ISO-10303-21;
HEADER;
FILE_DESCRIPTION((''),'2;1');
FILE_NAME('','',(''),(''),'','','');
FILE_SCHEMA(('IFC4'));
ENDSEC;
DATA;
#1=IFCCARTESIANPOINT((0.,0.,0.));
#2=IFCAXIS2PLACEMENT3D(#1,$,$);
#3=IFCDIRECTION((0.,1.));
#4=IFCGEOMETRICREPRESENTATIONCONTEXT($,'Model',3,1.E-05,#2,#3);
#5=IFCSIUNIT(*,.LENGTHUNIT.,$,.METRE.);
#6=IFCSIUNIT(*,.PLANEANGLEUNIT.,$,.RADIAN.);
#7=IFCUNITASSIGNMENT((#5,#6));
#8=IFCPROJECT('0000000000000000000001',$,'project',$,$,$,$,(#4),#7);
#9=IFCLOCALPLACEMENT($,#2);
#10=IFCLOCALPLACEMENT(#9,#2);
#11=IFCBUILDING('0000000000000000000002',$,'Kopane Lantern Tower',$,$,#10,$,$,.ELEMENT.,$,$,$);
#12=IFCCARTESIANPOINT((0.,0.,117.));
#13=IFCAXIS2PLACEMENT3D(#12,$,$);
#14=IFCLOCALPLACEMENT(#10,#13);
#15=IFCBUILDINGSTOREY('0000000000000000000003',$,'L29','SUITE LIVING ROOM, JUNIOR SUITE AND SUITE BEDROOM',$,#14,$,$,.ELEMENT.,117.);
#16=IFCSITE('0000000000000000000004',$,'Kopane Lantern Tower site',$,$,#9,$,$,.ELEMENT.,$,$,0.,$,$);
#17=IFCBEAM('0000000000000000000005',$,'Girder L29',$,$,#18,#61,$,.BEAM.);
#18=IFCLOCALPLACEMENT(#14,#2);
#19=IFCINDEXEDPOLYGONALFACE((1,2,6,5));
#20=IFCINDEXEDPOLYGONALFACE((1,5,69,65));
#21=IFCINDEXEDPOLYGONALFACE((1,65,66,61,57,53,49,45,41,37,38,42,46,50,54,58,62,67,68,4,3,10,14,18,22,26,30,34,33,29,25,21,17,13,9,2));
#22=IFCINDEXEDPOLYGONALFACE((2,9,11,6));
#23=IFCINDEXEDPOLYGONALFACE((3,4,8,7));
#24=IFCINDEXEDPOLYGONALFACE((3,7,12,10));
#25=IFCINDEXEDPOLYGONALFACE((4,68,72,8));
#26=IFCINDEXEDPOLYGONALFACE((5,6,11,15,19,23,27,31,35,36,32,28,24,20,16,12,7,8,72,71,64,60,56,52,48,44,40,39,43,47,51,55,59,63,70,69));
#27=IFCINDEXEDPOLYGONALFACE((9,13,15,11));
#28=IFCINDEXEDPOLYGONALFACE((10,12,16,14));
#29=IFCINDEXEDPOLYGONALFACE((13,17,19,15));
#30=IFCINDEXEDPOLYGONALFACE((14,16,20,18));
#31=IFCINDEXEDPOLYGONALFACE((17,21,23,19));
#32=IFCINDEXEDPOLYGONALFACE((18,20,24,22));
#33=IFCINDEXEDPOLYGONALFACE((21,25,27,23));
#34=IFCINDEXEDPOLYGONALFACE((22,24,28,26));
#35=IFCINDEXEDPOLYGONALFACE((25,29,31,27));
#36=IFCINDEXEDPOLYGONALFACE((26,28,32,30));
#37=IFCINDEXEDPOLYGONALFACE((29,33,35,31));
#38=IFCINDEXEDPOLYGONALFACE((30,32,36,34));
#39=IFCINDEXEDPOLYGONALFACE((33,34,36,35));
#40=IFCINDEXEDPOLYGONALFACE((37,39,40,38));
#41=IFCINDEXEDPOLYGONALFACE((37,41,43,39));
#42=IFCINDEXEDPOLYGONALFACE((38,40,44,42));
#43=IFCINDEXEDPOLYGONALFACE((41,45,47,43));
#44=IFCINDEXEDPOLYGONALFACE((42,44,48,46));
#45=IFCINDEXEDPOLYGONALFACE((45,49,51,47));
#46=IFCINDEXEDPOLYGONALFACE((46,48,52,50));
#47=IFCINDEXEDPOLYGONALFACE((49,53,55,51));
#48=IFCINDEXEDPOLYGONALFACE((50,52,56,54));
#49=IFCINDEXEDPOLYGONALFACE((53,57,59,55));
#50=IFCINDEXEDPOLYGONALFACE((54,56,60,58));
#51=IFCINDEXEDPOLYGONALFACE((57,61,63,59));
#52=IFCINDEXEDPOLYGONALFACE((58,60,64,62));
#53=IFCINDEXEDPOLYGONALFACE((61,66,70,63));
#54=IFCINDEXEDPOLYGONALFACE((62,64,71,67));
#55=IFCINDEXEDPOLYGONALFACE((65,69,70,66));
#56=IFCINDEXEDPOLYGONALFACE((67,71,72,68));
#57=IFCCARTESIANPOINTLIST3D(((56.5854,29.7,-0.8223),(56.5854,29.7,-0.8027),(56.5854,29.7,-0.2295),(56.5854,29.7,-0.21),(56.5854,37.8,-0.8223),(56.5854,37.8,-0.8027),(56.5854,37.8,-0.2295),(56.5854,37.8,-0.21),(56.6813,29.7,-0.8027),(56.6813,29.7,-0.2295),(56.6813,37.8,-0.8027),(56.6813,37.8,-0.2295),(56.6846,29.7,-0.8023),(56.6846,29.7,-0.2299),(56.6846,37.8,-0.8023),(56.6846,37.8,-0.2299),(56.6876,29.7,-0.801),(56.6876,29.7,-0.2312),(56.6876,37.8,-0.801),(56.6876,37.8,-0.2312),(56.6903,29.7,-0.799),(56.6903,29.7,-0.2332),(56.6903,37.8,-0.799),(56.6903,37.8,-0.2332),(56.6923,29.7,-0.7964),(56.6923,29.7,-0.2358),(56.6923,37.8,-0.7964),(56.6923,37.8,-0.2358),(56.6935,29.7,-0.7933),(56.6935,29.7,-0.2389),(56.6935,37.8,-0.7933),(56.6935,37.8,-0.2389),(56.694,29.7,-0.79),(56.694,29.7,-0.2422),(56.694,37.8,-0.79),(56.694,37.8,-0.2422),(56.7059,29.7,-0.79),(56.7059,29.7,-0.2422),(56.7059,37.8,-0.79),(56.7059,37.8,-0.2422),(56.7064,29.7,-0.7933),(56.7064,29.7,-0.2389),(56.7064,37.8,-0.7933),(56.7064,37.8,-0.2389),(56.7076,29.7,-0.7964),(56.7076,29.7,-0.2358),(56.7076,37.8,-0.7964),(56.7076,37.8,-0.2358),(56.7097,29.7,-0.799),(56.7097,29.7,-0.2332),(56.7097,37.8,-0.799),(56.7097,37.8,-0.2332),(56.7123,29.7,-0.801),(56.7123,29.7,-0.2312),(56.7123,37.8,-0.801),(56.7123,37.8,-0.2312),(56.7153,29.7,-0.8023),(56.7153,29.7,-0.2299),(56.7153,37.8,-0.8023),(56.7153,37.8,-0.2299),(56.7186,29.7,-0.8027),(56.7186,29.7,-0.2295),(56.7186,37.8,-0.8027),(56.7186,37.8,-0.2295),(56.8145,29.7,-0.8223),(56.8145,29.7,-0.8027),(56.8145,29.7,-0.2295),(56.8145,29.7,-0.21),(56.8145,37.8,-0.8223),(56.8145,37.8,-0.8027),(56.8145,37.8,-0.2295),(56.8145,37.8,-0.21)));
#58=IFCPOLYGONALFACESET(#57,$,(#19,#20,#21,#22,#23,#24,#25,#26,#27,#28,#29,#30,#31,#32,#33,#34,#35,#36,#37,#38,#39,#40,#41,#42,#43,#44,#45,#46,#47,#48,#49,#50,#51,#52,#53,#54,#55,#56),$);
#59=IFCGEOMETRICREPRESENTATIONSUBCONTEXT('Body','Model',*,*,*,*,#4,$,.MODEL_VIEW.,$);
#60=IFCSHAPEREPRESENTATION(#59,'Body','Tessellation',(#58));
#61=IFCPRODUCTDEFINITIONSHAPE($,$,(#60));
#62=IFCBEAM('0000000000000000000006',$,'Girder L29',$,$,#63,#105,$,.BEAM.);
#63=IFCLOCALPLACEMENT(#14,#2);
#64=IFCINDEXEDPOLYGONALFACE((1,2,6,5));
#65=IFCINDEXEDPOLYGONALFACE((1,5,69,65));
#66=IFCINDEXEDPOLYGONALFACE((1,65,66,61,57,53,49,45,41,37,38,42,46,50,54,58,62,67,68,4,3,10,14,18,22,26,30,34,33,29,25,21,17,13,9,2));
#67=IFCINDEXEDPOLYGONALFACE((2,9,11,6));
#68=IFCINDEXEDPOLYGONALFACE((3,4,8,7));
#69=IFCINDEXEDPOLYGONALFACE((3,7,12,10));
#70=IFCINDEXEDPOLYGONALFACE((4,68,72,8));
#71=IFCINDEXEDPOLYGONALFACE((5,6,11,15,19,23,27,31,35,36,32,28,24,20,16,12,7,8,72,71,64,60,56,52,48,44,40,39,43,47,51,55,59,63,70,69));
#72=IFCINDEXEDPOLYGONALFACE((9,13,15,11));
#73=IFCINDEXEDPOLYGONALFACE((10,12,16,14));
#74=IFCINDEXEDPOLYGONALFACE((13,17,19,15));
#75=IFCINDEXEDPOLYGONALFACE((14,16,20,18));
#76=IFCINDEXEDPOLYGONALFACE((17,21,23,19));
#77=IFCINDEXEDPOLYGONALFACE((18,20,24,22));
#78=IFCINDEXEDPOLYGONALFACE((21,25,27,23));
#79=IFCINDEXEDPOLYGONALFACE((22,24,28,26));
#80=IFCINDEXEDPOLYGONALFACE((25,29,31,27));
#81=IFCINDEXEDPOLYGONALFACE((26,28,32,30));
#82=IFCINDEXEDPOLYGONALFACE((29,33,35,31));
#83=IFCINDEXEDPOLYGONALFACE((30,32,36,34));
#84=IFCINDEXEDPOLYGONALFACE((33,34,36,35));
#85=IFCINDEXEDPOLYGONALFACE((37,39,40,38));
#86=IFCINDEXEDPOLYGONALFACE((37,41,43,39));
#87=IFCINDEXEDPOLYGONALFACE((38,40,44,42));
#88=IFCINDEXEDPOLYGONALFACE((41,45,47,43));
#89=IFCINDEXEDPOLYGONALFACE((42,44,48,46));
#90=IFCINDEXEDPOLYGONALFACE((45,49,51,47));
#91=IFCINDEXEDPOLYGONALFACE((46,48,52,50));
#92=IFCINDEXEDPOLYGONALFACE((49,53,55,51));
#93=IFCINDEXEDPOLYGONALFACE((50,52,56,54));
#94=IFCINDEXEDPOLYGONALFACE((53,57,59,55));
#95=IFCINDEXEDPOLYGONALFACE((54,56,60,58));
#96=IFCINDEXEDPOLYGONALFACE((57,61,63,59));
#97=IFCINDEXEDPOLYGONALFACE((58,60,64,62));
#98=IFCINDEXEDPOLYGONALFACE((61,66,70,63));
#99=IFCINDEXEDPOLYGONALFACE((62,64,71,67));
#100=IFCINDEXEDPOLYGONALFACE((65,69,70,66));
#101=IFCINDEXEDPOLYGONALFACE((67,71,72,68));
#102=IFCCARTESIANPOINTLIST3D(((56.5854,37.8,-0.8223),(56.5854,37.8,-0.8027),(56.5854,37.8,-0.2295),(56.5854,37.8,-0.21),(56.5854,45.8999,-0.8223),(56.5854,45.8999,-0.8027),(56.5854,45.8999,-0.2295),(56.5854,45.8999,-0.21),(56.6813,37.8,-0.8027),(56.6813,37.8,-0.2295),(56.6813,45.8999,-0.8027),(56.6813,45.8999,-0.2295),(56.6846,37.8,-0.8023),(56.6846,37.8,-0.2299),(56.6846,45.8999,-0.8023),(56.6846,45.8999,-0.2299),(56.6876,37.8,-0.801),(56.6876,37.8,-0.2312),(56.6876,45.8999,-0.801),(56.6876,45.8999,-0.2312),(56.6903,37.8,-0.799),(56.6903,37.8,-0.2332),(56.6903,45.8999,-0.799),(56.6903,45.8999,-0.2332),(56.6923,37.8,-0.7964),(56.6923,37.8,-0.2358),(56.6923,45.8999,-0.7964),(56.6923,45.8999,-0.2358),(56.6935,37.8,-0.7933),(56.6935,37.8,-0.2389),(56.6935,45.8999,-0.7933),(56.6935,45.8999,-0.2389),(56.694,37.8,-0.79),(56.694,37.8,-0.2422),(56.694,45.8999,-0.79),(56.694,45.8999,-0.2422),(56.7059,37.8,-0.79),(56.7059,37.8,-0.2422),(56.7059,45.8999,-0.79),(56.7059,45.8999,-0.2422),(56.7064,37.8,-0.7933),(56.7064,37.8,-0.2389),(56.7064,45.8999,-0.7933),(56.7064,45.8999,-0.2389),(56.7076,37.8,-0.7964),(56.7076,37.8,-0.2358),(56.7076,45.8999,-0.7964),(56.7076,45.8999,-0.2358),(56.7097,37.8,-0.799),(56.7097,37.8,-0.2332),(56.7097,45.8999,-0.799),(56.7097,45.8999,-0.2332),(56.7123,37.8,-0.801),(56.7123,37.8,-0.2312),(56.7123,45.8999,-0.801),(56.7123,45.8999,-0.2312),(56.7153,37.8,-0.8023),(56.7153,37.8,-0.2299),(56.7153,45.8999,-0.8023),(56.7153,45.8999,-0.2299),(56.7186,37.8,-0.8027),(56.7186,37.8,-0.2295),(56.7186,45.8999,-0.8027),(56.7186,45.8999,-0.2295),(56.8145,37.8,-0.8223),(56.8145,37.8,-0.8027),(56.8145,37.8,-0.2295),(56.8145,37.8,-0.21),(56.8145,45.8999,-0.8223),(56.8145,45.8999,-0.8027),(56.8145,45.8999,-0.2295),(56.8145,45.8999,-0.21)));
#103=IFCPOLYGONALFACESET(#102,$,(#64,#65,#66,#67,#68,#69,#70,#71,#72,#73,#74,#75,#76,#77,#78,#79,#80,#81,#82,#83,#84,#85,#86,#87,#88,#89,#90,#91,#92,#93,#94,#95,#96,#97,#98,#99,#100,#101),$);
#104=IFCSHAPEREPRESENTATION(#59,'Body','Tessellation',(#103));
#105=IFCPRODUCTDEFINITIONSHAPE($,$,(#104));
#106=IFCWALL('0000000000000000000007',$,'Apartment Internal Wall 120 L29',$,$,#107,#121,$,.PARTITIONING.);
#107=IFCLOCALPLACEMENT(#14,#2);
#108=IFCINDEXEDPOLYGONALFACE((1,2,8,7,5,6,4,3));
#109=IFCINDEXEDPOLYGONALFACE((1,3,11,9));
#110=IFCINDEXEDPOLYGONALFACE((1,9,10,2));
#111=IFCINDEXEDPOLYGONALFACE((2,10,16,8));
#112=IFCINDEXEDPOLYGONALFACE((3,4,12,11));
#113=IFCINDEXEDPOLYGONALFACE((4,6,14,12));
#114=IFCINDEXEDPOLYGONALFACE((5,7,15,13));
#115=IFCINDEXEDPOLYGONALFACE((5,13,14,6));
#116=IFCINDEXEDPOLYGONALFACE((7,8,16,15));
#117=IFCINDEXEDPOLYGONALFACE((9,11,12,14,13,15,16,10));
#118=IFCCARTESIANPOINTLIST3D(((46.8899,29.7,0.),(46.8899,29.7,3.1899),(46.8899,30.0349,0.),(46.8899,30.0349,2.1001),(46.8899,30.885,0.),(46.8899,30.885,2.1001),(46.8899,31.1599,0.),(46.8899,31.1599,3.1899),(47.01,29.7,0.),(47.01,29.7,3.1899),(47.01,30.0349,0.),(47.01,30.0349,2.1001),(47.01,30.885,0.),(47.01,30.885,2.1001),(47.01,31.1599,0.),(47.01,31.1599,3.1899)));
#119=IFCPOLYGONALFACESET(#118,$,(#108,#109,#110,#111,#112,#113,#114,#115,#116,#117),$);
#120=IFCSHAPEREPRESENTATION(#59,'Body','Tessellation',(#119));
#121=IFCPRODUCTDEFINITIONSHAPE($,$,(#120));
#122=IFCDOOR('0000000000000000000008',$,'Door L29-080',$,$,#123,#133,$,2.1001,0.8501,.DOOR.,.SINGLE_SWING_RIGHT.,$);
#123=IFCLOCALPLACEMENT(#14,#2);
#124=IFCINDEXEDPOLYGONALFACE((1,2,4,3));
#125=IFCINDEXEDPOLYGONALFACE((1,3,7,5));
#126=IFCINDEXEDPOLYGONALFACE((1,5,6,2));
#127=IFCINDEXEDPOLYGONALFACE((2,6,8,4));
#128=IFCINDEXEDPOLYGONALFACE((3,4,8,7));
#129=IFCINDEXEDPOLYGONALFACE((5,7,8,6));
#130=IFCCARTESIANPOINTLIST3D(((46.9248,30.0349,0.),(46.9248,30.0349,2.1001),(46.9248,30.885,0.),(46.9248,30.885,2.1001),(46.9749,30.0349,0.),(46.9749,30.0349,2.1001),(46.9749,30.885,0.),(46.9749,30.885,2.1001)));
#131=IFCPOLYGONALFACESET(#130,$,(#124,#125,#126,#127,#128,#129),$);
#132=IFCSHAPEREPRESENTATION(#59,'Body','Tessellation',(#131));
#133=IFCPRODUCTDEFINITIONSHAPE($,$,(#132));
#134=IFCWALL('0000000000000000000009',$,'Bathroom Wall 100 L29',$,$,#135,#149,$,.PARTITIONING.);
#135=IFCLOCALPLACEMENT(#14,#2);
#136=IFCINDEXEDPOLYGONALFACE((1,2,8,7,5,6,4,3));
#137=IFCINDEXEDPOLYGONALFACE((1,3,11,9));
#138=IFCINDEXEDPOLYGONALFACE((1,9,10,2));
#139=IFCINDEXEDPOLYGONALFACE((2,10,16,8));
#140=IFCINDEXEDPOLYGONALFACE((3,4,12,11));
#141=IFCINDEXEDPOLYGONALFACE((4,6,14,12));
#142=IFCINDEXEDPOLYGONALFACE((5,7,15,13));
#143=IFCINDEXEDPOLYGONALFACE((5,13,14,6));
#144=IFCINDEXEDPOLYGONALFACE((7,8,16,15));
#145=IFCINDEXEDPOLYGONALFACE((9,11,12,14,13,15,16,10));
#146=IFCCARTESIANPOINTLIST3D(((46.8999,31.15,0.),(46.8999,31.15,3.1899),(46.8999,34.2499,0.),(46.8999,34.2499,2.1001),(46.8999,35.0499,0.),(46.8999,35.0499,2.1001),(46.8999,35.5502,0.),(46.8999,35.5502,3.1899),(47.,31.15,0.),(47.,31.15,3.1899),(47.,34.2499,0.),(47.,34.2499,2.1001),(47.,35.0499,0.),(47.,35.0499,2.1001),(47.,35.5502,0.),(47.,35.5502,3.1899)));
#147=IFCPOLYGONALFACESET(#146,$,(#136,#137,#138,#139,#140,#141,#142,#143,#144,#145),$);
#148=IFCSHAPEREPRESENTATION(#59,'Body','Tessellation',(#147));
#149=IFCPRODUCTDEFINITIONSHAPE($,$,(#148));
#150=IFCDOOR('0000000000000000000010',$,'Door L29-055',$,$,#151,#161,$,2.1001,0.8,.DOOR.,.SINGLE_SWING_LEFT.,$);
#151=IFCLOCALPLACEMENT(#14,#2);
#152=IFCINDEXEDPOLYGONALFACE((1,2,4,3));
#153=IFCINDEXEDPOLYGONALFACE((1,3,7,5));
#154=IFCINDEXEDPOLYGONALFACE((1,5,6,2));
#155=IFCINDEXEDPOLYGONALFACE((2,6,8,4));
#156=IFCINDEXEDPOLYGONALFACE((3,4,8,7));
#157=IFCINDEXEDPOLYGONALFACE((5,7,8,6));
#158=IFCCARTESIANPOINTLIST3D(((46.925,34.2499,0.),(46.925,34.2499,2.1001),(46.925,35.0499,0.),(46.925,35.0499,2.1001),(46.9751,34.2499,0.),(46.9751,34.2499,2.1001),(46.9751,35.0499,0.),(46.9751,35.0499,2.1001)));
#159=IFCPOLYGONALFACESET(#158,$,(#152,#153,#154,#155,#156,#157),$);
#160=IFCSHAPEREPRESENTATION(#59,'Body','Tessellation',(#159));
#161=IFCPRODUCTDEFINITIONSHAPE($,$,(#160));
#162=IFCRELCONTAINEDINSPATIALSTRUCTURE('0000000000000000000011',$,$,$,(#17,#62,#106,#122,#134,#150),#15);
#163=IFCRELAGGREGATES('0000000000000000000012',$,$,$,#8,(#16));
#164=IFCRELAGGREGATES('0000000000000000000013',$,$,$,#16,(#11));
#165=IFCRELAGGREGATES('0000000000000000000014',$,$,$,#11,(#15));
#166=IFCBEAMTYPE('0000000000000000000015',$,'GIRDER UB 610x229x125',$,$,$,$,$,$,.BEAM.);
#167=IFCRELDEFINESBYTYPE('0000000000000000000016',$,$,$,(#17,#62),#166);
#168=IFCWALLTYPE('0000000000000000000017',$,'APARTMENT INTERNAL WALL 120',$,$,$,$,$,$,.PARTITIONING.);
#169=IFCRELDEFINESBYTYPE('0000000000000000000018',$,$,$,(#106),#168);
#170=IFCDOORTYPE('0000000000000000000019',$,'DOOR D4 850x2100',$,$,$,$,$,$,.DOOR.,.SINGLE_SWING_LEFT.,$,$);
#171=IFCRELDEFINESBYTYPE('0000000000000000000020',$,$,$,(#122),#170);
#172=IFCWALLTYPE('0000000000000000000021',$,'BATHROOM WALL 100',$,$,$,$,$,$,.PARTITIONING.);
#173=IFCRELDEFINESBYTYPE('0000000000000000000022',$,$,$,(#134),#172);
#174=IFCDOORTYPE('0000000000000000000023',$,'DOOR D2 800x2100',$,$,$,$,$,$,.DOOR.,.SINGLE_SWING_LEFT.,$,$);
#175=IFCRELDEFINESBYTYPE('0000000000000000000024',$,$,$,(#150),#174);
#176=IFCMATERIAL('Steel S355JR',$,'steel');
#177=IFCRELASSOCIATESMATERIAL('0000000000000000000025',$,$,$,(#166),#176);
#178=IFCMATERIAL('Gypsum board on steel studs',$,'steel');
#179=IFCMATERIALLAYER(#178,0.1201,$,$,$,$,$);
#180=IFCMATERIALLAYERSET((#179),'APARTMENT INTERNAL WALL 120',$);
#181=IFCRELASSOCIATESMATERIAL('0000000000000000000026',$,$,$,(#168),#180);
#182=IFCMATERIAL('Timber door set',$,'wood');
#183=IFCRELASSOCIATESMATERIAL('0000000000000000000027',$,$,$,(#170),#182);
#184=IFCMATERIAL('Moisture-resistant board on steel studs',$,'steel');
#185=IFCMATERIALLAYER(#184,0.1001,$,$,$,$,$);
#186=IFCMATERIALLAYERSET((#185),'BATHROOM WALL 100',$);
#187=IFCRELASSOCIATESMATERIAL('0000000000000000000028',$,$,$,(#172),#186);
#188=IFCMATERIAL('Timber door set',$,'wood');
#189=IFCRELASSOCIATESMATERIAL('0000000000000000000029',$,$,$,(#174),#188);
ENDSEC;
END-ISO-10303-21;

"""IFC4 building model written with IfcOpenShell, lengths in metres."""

from ifc_helpers import new_model, si_unit, direction, frame, frame_2d, origin, origin_2d, place, context, subcontext, project, spatial, rectangle, i_section, extrude, material, layer, layer_set, material_profile, profile_set, type_object, element, fill, save


model = new_model("IFC4")

# Units and contexts
model_context = context("Model", 3, precision=1e-05, world=origin(), true_north=direction((0.0, 1.0)))
body_context = subcontext(model_context, "Body", "Model", "MODEL_VIEW")
ifc_project = project(units=[si_unit("LENGTHUNIT", "METRE"), si_unit("PLANEANGLEUNIT", "RADIAN")], contexts=[model_context])

# Site, building, storey
site_placement = place(None, origin())
site = spatial("IfcSite", under=ifc_project, at=site_placement, Name="Kopane Lantern Tower site", CompositionType="ELEMENT", RefElevation=0.0)
building_placement = place(site_placement, origin())
building = spatial("IfcBuilding", under=site, at=building_placement, Name="Kopane Lantern Tower", CompositionType="ELEMENT")
storey_placement = place(building_placement, frame((0.0, 0.0, 117.0)))
storey = spatial("IfcBuildingStorey", under=building, at=storey_placement, Name="L29", Description="SUITE LIVING ROOM, JUNIOR SUITE AND SUITE BEDROOM", CompositionType="ELEMENT", Elevation=117.0)

# Beams
ifc_material_1 = material(Name="Steel S355JR", Category="steel")
ifc_material_profile_1 = material_profile(ifc_material_1, i_section(OverallWidth=0.229, OverallDepth=0.6123, WebThickness=0.012, FlangeThickness=0.0195, FilletRadius=0.0127, at=origin_2d()), Name="UB 610x229x125")
ifc_profile_set_1 = profile_set([ifc_material_profile_1], Name="Steel S355JR")
beam_type = type_object("IfcBeamType", Name="GIRDER UB 610x229x125", PredefinedType="BEAM", material=ifc_profile_set_1)
beam_1_placement = place(storey_placement, frame((56.7, 29.7, -0.5161), z_axis=(0.0, 1.0, 0.0), x_axis=(-1.0, 0.0, 0.0)))
element("IfcBeam", 1, at=beam_1_placement, inside=storey, type_object=beam_type, Name="Girder L29", PredefinedType="BEAM", context=body_context, shape_type="SweptSolid", body=[
    extrude(i_section(OverallWidth=0.229, OverallDepth=0.6123, WebThickness=0.012, FlangeThickness=0.0195, FilletRadius=0.0127, at=origin_2d()), origin(), (0.0, 0.0, 1.0), 8.1001),
])
beam_2_placement = place(storey_placement, frame((56.7, 37.8, -0.5161), z_axis=(0.0, 1.0, 0.0), x_axis=(-1.0, 0.0, 0.0)))
element("IfcBeam", 2, at=beam_2_placement, inside=storey, type_object=beam_type, Name="Girder L29", PredefinedType="BEAM", context=body_context, shape_type="SweptSolid", body=[
    extrude(i_section(OverallWidth=0.229, OverallDepth=0.6123, WebThickness=0.012, FlangeThickness=0.0195, FilletRadius=0.0127, at=origin_2d()), origin(), (0.0, 0.0, 1.0), 8.0999),
])

# Walls, openings, doors
ifc_material_2 = material(Name="Gypsum board on steel studs", Category="steel")
ifc_layer_1 = layer(ifc_material_2, 0.1201)
ifc_layer_set_1 = layer_set([ifc_layer_1], Name="APARTMENT INTERNAL WALL 120")
wall_type_1 = type_object("IfcWallType", Name="APARTMENT INTERNAL WALL 120", PredefinedType="PARTITIONING", material=ifc_layer_set_1)
wall_1_placement = place(storey_placement, frame((46.95, 31.1599, 0.0), z_axis=(0.0, 0.0, 1.0), x_axis=(0.0, -1.0, 0.0)))
wall_1 = element("IfcWall", 3, at=wall_1_placement, inside=storey, type_object=wall_type_1, Name="Apartment Internal Wall 120 L29", PredefinedType="PARTITIONING", context=body_context, shape_type="SweptSolid", body=[
    extrude(rectangle(XDim=1.46, YDim=0.1201, at=frame_2d((0.73, 0.0))), origin(), (0.0, 0.0, 1.0), 3.1899),
])
opening_1_placement = place(wall_1_placement, frame((0.2749, 0.0, 0.0)))
opening_1 = element("IfcOpeningElement", 4, at=opening_1_placement, cuts=wall_1, PredefinedType="OPENING", context=body_context, shape_type="SweptSolid", body=[
    extrude(rectangle(XDim=0.8501, YDim=2.1001, at=frame_2d((0.425, 1.05))), frame((0.0, 0.0701, 0.0), z_axis=(0.0, -1.0, 0.0), x_axis=(1.0, 0.0, 0.0)), (0.0, 0.0, 1.0), 0.1401),
])
ifc_material_3 = material(Name="Timber door set", Category="wood")
door_type_1 = type_object("IfcDoorType", Name="DOOR D4 850x2100", OperationType="SINGLE_SWING_LEFT", PredefinedType="DOOR", material=ifc_material_3)
door_1_placement = place(opening_1_placement, origin())
door_1 = element("IfcDoor", 5, at=door_1_placement, inside=storey, type_object=door_type_1, Name="Door L29-080", OperationType="SINGLE_SWING_RIGHT", OverallHeight=2.1001, OverallWidth=0.8501, PredefinedType="DOOR", context=body_context, shape_type="SweptSolid", body=[
    extrude(rectangle(XDim=0.8501, YDim=2.1001, at=frame_2d((0.425, 1.05))), frame((0.0, 0.0249, 0.0), z_axis=(0.0, -1.0, 0.0), x_axis=(1.0, 0.0, 0.0)), (0.0, 0.0, 1.0), 0.05),
])
fill(opening_1, door_1)
ifc_material_4 = material(Name="Moisture-resistant board on steel studs", Category="steel")
ifc_layer_2 = layer(ifc_material_4, 0.1001)
ifc_layer_set_2 = layer_set([ifc_layer_2], Name="BATHROOM WALL 100")
wall_type_2 = type_object("IfcWallType", Name="BATHROOM WALL 100", PredefinedType="PARTITIONING", material=ifc_layer_set_2)
wall_2_placement = place(storey_placement, frame((46.95, 31.1499, 0.0), z_axis=(0.0, 0.0, 1.0), x_axis=(0.0, 1.0, 0.0)))
wall_2 = element("IfcWall", 6, at=wall_2_placement, inside=storey, type_object=wall_type_2, Name="Bathroom Wall 100 L29", PredefinedType="PARTITIONING", context=body_context, shape_type="SweptSolid", body=[
    extrude(rectangle(XDim=4.4001, YDim=0.1001, at=frame_2d((2.2002, 0.0))), origin(), (0.0, 0.0, 1.0), 3.1899),
])
opening_2_placement = place(wall_2_placement, frame((3.1001, 0.0, 0.0)))
opening_2 = element("IfcOpeningElement", 7, at=opening_2_placement, cuts=wall_2, PredefinedType="OPENING", context=body_context, shape_type="SweptSolid", body=[
    extrude(rectangle(XDim=0.8, YDim=2.1001, at=frame_2d((0.3999, 1.05))), frame((0.0, 0.0601, 0.0), z_axis=(0.0, -1.0, 0.0), x_axis=(1.0, 0.0, 0.0)), (0.0, 0.0, 1.0), 0.1201),
])
ifc_material_5 = material(Name="Timber door set", Category="wood")
door_type_2 = type_object("IfcDoorType", Name="DOOR D2 800x2100", OperationType="SINGLE_SWING_LEFT", PredefinedType="DOOR", material=ifc_material_5)
door_2_placement = place(opening_2_placement, origin())
door_2 = element("IfcDoor", 8, at=door_2_placement, inside=storey, type_object=door_type_2, Name="Door L29-055", OperationType="SINGLE_SWING_LEFT", OverallHeight=2.1001, OverallWidth=0.8, PredefinedType="DOOR", context=body_context, shape_type="SweptSolid", body=[
    extrude(rectangle(XDim=0.8, YDim=2.1001, at=frame_2d((0.3999, 1.05))), frame((0.0, 0.0249, 0.0), z_axis=(0.0, -1.0, 0.0), x_axis=(1.0, 0.0, 0.0)), (0.0, 0.0, 1.0), 0.05),
])
fill(opening_2, door_2)

save(model, "model.ifc")
